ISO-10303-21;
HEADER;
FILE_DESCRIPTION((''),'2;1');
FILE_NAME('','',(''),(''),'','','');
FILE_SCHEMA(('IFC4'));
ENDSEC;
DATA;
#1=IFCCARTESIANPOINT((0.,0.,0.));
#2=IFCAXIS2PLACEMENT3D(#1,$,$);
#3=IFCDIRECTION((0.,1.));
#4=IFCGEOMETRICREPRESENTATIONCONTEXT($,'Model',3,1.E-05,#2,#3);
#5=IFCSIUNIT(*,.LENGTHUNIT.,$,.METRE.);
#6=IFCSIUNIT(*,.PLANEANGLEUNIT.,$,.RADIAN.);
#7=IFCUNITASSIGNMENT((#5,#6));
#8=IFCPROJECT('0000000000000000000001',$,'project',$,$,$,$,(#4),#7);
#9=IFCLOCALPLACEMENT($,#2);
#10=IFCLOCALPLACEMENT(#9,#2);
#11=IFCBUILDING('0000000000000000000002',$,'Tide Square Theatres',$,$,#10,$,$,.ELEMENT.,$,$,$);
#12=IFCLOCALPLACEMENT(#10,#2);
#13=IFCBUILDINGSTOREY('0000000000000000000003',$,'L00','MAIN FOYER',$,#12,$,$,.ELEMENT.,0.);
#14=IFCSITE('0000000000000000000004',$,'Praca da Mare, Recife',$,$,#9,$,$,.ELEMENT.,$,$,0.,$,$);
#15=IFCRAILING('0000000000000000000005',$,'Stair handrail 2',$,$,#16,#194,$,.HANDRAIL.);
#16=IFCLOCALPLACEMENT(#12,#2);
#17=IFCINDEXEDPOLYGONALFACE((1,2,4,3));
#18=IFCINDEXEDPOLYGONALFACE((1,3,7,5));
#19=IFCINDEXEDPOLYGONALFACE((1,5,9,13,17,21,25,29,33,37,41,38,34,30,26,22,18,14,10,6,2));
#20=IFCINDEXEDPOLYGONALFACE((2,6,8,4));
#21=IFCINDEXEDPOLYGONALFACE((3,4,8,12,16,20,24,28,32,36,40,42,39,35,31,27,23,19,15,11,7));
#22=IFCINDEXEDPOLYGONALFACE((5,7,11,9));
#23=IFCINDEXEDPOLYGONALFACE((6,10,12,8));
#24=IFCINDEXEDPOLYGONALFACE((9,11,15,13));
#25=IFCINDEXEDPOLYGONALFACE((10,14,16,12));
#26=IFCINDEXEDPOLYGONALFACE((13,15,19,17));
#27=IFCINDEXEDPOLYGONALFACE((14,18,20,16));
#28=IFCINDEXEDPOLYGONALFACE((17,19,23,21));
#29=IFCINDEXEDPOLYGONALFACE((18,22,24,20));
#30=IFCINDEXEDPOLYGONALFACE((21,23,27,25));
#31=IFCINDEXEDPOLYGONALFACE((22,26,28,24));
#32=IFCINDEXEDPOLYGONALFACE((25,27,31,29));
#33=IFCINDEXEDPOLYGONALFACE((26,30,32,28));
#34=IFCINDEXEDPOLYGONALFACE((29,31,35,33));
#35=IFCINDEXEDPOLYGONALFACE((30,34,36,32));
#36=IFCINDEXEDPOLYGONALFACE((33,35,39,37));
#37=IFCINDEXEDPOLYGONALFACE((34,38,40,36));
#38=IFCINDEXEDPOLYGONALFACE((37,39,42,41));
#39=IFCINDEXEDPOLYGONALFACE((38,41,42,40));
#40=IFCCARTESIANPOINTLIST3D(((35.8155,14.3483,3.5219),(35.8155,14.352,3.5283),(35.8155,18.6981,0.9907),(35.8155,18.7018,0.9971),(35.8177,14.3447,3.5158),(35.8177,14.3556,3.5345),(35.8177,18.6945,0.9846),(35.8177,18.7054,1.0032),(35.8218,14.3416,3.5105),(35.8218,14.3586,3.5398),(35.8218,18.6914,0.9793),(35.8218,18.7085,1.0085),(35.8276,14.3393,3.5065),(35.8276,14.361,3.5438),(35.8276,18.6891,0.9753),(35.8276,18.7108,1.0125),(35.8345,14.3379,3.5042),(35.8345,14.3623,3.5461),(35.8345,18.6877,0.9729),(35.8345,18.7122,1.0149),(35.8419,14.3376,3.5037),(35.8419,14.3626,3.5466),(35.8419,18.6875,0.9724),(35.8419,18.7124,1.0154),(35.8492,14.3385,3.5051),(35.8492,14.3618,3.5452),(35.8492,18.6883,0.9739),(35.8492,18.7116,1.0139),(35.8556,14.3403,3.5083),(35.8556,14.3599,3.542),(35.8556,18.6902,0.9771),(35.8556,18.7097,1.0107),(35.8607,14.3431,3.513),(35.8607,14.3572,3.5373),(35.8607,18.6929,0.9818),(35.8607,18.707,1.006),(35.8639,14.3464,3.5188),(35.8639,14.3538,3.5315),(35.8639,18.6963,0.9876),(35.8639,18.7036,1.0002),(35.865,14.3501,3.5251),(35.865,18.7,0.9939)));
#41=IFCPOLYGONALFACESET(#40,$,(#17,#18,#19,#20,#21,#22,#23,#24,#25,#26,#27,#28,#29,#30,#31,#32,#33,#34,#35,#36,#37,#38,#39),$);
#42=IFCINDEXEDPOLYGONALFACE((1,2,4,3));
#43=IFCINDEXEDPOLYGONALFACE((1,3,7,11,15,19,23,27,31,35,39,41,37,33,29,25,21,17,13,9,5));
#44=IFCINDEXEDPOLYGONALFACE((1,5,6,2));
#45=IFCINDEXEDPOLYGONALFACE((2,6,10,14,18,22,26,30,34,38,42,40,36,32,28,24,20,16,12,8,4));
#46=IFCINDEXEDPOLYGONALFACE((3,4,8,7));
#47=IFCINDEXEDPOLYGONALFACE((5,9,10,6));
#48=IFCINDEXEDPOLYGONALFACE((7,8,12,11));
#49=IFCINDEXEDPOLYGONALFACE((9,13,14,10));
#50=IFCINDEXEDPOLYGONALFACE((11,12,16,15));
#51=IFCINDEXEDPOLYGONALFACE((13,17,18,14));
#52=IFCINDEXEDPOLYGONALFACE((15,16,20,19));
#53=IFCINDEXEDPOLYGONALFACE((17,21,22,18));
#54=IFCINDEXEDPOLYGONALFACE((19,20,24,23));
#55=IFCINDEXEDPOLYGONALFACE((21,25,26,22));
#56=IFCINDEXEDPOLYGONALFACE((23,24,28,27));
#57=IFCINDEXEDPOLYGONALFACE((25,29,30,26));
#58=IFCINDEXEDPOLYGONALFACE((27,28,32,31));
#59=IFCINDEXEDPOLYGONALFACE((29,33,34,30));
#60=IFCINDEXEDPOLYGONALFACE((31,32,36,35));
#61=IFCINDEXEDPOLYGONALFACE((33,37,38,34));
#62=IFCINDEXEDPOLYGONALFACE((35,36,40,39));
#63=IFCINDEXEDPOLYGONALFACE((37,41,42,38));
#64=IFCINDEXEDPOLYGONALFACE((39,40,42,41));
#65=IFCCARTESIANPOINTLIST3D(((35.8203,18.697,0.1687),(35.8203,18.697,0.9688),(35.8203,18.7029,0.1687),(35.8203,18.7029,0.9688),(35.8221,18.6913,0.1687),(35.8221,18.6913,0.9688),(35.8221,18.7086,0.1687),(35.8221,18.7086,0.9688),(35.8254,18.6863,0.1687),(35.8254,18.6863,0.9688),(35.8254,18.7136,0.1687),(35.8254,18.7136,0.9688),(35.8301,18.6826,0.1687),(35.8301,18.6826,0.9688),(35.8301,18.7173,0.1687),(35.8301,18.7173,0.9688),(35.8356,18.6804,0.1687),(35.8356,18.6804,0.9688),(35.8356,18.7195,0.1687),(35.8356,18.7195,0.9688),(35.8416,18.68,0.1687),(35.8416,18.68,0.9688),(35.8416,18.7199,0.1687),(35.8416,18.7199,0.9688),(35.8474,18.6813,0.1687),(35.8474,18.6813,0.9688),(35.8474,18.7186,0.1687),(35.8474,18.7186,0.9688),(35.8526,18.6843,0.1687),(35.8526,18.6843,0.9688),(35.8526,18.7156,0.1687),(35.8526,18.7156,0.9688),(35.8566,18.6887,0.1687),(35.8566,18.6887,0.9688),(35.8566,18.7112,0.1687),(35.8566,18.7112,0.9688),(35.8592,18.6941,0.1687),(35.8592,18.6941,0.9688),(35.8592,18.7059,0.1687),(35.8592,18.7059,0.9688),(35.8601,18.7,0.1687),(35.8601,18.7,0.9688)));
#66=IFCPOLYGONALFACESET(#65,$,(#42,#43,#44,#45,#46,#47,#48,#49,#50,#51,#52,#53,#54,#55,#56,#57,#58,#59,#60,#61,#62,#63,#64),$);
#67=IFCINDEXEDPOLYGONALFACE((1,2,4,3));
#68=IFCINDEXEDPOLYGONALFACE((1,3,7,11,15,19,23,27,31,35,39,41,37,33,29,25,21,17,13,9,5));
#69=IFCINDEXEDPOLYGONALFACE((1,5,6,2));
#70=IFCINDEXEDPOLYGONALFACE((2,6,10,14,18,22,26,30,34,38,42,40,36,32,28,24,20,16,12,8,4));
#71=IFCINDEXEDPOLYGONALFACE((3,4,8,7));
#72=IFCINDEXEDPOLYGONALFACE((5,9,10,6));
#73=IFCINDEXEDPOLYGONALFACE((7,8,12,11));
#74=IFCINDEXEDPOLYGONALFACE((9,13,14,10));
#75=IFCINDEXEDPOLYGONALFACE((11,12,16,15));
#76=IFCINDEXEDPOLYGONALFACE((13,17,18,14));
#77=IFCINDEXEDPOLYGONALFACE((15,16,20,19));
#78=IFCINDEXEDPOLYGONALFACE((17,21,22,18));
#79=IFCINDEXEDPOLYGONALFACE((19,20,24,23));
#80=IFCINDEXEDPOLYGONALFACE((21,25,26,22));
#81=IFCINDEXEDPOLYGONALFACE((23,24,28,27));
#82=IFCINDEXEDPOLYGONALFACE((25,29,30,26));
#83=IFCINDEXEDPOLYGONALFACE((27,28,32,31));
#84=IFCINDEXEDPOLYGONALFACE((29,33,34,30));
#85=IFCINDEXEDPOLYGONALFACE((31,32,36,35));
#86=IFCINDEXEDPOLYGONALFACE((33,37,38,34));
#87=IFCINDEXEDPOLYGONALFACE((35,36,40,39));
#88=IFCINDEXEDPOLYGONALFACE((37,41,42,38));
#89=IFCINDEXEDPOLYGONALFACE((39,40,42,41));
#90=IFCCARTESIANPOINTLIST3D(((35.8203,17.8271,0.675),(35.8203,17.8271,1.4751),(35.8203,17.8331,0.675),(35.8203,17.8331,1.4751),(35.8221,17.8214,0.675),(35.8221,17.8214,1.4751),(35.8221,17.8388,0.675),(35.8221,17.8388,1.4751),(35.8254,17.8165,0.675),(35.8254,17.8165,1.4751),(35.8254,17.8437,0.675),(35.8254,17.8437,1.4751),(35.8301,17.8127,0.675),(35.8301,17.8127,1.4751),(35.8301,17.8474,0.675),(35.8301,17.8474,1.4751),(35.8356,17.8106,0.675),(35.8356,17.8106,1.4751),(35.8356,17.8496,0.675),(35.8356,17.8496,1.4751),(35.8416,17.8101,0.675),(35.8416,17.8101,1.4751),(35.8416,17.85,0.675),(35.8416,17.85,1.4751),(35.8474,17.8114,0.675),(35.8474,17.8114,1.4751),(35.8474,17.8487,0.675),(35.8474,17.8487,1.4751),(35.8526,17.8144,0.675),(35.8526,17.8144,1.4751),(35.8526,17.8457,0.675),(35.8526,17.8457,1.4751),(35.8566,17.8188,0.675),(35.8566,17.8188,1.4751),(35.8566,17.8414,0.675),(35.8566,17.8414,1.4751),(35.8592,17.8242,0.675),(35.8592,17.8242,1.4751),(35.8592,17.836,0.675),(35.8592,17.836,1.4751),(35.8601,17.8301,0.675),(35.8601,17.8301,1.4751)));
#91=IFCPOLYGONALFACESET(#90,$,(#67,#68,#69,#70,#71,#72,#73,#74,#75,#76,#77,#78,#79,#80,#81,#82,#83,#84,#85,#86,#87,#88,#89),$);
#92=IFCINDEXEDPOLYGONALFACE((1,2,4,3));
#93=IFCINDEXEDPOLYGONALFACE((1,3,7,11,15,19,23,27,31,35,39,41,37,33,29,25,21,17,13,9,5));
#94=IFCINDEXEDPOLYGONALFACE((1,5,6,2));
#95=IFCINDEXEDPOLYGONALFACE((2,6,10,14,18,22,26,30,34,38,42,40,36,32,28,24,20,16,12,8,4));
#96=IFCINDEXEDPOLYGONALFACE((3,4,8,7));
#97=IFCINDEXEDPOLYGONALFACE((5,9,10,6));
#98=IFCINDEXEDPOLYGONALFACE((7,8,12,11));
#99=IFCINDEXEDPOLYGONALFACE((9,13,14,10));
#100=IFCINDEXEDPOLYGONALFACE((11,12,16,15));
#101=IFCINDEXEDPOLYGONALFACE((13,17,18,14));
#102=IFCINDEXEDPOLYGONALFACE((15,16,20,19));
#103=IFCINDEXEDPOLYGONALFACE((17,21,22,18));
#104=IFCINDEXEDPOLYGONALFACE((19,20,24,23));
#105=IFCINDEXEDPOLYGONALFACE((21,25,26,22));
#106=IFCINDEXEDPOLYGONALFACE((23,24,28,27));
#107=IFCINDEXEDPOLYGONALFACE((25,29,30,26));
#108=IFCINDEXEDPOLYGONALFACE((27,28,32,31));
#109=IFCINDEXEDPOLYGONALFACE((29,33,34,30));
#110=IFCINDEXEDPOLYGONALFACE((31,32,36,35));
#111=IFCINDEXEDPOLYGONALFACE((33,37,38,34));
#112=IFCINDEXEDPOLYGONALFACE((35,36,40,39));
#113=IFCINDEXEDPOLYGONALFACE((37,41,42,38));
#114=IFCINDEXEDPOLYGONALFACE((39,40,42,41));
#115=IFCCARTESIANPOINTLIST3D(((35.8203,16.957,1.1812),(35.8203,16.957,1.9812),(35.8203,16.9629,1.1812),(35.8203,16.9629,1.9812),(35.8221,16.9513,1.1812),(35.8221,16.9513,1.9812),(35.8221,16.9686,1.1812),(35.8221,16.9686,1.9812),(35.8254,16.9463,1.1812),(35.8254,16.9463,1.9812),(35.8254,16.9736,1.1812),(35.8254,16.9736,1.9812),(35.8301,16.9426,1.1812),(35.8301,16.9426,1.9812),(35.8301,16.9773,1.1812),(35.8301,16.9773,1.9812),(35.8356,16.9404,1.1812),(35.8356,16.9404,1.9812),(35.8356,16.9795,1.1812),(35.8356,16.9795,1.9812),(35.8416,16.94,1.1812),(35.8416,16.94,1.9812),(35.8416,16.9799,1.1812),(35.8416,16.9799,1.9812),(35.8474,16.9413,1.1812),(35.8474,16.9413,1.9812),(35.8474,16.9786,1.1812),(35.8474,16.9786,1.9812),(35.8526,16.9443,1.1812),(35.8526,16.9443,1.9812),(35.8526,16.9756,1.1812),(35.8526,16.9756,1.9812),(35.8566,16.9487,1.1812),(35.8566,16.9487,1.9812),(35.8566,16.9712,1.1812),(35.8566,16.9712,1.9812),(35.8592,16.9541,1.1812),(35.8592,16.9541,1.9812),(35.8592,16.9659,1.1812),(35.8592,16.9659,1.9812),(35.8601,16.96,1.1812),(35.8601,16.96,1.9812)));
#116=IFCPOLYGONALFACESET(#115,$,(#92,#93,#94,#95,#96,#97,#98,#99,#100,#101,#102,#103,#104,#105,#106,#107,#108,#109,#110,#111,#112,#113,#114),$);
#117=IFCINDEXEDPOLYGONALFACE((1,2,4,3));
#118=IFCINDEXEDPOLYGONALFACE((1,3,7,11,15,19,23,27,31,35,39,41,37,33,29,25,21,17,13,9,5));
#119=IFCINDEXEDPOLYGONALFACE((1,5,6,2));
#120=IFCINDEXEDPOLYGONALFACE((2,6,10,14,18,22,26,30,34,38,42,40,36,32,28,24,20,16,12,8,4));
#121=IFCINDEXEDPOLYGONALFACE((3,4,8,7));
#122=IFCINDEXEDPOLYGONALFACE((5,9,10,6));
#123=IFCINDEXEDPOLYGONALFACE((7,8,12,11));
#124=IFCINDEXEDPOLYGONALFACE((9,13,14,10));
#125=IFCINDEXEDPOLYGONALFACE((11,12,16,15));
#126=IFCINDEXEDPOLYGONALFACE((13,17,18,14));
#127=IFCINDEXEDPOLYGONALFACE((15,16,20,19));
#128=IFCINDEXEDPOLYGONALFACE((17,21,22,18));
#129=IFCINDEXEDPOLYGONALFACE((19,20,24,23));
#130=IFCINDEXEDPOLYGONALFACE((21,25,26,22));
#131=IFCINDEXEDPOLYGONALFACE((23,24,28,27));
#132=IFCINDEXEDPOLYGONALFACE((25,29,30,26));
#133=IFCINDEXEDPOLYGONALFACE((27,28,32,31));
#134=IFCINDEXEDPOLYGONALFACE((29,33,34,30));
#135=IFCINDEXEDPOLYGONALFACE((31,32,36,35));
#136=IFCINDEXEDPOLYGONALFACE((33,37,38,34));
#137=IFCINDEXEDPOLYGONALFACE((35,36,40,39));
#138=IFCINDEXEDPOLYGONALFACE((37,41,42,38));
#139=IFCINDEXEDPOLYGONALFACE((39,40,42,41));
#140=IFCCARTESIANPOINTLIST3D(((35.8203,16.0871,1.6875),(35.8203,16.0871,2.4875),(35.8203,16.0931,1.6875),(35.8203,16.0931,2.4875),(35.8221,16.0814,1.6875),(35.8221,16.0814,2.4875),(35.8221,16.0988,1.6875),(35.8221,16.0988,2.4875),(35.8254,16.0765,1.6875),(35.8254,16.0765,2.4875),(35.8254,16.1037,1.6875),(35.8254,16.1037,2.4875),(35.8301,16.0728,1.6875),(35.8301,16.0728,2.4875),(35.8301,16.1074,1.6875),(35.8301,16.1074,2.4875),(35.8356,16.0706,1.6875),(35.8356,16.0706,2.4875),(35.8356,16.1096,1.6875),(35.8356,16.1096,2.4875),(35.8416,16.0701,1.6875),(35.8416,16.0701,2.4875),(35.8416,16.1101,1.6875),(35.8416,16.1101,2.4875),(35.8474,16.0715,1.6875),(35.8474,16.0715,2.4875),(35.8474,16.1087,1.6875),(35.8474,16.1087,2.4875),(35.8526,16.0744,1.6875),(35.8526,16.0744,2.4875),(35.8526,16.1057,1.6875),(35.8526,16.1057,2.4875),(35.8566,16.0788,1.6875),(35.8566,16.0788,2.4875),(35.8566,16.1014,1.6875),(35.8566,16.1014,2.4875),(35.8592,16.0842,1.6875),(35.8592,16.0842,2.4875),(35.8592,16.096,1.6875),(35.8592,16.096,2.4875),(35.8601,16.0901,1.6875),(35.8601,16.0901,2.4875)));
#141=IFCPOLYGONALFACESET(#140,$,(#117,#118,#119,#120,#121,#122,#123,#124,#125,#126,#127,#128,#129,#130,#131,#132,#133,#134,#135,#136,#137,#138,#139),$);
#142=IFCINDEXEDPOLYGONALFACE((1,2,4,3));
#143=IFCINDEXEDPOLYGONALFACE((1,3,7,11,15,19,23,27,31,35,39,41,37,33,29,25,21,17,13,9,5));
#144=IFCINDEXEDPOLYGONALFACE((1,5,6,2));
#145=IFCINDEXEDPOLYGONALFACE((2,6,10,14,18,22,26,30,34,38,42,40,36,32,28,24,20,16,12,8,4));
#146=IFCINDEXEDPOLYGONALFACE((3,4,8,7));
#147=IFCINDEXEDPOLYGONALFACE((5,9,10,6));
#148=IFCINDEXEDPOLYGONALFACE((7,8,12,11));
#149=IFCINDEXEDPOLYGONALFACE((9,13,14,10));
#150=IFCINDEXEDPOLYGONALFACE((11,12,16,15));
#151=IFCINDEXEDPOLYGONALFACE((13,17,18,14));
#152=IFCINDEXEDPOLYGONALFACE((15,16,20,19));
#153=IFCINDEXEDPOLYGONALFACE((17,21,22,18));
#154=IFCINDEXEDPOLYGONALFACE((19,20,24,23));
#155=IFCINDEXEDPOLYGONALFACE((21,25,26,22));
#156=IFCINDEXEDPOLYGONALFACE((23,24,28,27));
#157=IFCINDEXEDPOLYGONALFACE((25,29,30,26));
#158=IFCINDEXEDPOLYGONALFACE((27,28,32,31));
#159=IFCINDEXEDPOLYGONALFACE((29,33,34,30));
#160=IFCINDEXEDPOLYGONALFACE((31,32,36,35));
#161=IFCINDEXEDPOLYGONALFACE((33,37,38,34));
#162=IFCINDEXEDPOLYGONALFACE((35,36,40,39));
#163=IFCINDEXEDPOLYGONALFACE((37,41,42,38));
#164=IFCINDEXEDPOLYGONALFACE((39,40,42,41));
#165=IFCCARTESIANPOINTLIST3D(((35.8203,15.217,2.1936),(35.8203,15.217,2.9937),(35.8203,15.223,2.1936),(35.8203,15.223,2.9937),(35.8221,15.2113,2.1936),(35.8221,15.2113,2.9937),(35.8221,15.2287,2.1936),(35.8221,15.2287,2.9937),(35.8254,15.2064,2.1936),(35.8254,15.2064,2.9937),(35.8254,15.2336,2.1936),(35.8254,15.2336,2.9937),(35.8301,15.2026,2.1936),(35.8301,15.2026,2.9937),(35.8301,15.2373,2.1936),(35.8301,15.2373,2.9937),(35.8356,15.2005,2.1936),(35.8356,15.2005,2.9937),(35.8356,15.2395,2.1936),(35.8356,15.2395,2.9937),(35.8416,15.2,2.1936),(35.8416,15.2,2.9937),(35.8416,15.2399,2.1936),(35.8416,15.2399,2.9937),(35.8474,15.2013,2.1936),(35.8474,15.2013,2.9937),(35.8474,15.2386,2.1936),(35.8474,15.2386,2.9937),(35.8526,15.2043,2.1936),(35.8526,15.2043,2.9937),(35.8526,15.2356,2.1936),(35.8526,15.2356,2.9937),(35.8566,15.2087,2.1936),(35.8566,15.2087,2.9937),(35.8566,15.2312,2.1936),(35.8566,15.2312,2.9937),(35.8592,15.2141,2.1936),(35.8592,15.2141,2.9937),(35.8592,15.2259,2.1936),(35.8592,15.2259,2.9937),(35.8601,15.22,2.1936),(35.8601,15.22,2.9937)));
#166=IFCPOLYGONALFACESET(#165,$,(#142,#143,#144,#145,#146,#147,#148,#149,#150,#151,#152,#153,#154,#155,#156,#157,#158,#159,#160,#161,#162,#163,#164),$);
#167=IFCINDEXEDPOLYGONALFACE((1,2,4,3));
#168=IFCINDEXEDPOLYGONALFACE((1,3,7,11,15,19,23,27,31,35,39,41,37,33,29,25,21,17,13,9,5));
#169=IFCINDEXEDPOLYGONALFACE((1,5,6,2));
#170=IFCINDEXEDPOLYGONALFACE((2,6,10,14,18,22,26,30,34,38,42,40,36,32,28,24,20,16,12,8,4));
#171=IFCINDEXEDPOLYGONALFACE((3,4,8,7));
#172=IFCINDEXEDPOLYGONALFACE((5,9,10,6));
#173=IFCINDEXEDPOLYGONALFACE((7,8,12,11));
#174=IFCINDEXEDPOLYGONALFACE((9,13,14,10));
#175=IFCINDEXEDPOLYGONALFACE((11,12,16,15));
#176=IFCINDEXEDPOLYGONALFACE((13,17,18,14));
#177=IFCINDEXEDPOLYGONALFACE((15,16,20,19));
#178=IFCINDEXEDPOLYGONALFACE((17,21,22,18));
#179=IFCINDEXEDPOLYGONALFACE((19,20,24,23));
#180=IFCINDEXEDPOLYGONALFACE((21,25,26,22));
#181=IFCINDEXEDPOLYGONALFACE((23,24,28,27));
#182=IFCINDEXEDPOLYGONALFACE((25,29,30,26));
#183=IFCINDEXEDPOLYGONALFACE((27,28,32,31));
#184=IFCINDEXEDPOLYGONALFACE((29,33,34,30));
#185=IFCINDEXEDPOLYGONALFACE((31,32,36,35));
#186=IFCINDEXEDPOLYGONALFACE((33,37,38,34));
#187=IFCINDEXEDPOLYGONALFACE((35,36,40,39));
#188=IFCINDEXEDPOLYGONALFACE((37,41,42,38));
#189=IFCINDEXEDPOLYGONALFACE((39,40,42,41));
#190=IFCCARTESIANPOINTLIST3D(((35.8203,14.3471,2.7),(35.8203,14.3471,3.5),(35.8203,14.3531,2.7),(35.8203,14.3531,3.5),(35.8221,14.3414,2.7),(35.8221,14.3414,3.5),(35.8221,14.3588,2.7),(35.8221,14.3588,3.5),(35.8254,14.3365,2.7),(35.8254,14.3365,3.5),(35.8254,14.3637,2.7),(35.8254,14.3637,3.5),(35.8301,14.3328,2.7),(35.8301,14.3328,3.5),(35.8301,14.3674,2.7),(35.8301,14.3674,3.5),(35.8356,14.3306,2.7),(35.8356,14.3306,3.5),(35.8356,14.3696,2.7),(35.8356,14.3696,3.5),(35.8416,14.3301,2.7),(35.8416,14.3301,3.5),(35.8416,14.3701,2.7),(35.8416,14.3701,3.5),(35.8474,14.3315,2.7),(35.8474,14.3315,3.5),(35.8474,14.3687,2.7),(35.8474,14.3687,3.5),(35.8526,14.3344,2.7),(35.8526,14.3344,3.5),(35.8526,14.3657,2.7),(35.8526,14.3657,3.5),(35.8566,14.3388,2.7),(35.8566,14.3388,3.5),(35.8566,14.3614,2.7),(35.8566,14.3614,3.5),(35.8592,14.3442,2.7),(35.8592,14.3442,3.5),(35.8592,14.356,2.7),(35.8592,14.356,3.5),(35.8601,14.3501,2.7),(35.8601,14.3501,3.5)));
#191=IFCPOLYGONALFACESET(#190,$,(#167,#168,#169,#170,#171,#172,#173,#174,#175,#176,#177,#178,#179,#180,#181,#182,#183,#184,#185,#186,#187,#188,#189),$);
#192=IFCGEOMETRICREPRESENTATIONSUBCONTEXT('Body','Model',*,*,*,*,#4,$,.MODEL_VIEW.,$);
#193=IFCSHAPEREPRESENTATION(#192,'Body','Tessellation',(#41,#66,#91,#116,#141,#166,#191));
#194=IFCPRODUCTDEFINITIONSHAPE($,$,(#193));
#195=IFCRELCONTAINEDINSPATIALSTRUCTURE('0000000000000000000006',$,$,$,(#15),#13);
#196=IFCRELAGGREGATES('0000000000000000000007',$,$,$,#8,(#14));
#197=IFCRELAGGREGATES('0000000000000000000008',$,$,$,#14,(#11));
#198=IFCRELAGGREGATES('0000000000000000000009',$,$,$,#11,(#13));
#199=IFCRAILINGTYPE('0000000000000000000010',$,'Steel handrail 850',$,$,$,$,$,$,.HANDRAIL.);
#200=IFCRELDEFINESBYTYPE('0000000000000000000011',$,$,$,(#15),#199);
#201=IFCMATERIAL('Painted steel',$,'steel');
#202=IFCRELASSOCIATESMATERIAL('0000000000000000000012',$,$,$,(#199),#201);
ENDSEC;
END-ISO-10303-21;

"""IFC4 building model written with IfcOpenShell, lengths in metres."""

from ifc_helpers import new_model, si_unit, direction, frame, origin, origin_2d, place, context, subcontext, project, spatial, circle, extrude, material, type_object, element, save


model = new_model("IFC4")

# Units and contexts
model_context = context("Model", 3, precision=1e-05, world=origin(), true_north=direction((0.0, 1.0)))
body_context = subcontext(model_context, "Body", "Model", "MODEL_VIEW")
ifc_project = project(units=[si_unit("LENGTHUNIT", "METRE"), si_unit("PLANEANGLEUNIT", "RADIAN")], contexts=[model_context])

# Site, building, storey
site_placement = place(None, origin())
site = spatial("IfcSite", under=ifc_project, at=site_placement, Name="Praca da Mare, Recife", CompositionType="ELEMENT", RefElevation=0.0)
building_placement = place(site_placement, origin())
building = spatial("IfcBuilding", under=site, at=building_placement, Name="Tide Square Theatres", CompositionType="ELEMENT")
storey_placement = place(building_placement, origin())
storey = spatial("IfcBuildingStorey", under=building, at=storey_placement, Name="L00", Description="MAIN FOYER", CompositionType="ELEMENT", Elevation=0.0)

# Railing
ifc_material_1 = material(Name="Painted steel", Category="steel")
railing_type = type_object("IfcRailingType", Name="Steel handrail 850", PredefinedType="HANDRAIL", material=ifc_material_1)
railing_placement = place(storey_placement, frame((35.8401, 18.7, 0.1687)))
element("IfcRailing", 1, at=railing_placement, inside=storey, type_object=railing_type, Name="Stair handrail 2", PredefinedType="HANDRAIL", context=body_context, shape_type="SweptSolid", body=[
    extrude(circle(Radius=0.0249, at=origin_2d()), frame((0.0, 0.0, 0.8252), z_axis=(0.0, -0.864312, 0.502957), x_axis=(1.0, 0.0, 0.0)), (0.0, 0.0, 1.0), 5.0327),
    extrude(circle(Radius=0.02, at=origin_2d()), origin(), (0.0, 0.0, 1.0), 0.8),
    extrude(circle(Radius=0.02, at=origin_2d()), frame((0.0, -0.8699, 0.5063)), (0.0, 0.0, 1.0), 0.8),
    extrude(circle(Radius=0.02, at=origin_2d()), frame((0.0, -1.74, 1.0125)), (0.0, 0.0, 1.0), 0.8),
    extrude(circle(Radius=0.02, at=origin_2d()), frame((0.0, -2.6099, 1.5188)), (0.0, 0.0, 1.0), 0.8),
    extrude(circle(Radius=0.02, at=origin_2d()), frame((0.0, -3.48, 2.0249)), (0.0, 0.0, 1.0), 0.8),
    extrude(circle(Radius=0.02, at=origin_2d()), frame((0.0, -4.3499, 2.5312)), (0.0, 0.0, 1.0), 0.8),
])

save(model, "model.ifc")
